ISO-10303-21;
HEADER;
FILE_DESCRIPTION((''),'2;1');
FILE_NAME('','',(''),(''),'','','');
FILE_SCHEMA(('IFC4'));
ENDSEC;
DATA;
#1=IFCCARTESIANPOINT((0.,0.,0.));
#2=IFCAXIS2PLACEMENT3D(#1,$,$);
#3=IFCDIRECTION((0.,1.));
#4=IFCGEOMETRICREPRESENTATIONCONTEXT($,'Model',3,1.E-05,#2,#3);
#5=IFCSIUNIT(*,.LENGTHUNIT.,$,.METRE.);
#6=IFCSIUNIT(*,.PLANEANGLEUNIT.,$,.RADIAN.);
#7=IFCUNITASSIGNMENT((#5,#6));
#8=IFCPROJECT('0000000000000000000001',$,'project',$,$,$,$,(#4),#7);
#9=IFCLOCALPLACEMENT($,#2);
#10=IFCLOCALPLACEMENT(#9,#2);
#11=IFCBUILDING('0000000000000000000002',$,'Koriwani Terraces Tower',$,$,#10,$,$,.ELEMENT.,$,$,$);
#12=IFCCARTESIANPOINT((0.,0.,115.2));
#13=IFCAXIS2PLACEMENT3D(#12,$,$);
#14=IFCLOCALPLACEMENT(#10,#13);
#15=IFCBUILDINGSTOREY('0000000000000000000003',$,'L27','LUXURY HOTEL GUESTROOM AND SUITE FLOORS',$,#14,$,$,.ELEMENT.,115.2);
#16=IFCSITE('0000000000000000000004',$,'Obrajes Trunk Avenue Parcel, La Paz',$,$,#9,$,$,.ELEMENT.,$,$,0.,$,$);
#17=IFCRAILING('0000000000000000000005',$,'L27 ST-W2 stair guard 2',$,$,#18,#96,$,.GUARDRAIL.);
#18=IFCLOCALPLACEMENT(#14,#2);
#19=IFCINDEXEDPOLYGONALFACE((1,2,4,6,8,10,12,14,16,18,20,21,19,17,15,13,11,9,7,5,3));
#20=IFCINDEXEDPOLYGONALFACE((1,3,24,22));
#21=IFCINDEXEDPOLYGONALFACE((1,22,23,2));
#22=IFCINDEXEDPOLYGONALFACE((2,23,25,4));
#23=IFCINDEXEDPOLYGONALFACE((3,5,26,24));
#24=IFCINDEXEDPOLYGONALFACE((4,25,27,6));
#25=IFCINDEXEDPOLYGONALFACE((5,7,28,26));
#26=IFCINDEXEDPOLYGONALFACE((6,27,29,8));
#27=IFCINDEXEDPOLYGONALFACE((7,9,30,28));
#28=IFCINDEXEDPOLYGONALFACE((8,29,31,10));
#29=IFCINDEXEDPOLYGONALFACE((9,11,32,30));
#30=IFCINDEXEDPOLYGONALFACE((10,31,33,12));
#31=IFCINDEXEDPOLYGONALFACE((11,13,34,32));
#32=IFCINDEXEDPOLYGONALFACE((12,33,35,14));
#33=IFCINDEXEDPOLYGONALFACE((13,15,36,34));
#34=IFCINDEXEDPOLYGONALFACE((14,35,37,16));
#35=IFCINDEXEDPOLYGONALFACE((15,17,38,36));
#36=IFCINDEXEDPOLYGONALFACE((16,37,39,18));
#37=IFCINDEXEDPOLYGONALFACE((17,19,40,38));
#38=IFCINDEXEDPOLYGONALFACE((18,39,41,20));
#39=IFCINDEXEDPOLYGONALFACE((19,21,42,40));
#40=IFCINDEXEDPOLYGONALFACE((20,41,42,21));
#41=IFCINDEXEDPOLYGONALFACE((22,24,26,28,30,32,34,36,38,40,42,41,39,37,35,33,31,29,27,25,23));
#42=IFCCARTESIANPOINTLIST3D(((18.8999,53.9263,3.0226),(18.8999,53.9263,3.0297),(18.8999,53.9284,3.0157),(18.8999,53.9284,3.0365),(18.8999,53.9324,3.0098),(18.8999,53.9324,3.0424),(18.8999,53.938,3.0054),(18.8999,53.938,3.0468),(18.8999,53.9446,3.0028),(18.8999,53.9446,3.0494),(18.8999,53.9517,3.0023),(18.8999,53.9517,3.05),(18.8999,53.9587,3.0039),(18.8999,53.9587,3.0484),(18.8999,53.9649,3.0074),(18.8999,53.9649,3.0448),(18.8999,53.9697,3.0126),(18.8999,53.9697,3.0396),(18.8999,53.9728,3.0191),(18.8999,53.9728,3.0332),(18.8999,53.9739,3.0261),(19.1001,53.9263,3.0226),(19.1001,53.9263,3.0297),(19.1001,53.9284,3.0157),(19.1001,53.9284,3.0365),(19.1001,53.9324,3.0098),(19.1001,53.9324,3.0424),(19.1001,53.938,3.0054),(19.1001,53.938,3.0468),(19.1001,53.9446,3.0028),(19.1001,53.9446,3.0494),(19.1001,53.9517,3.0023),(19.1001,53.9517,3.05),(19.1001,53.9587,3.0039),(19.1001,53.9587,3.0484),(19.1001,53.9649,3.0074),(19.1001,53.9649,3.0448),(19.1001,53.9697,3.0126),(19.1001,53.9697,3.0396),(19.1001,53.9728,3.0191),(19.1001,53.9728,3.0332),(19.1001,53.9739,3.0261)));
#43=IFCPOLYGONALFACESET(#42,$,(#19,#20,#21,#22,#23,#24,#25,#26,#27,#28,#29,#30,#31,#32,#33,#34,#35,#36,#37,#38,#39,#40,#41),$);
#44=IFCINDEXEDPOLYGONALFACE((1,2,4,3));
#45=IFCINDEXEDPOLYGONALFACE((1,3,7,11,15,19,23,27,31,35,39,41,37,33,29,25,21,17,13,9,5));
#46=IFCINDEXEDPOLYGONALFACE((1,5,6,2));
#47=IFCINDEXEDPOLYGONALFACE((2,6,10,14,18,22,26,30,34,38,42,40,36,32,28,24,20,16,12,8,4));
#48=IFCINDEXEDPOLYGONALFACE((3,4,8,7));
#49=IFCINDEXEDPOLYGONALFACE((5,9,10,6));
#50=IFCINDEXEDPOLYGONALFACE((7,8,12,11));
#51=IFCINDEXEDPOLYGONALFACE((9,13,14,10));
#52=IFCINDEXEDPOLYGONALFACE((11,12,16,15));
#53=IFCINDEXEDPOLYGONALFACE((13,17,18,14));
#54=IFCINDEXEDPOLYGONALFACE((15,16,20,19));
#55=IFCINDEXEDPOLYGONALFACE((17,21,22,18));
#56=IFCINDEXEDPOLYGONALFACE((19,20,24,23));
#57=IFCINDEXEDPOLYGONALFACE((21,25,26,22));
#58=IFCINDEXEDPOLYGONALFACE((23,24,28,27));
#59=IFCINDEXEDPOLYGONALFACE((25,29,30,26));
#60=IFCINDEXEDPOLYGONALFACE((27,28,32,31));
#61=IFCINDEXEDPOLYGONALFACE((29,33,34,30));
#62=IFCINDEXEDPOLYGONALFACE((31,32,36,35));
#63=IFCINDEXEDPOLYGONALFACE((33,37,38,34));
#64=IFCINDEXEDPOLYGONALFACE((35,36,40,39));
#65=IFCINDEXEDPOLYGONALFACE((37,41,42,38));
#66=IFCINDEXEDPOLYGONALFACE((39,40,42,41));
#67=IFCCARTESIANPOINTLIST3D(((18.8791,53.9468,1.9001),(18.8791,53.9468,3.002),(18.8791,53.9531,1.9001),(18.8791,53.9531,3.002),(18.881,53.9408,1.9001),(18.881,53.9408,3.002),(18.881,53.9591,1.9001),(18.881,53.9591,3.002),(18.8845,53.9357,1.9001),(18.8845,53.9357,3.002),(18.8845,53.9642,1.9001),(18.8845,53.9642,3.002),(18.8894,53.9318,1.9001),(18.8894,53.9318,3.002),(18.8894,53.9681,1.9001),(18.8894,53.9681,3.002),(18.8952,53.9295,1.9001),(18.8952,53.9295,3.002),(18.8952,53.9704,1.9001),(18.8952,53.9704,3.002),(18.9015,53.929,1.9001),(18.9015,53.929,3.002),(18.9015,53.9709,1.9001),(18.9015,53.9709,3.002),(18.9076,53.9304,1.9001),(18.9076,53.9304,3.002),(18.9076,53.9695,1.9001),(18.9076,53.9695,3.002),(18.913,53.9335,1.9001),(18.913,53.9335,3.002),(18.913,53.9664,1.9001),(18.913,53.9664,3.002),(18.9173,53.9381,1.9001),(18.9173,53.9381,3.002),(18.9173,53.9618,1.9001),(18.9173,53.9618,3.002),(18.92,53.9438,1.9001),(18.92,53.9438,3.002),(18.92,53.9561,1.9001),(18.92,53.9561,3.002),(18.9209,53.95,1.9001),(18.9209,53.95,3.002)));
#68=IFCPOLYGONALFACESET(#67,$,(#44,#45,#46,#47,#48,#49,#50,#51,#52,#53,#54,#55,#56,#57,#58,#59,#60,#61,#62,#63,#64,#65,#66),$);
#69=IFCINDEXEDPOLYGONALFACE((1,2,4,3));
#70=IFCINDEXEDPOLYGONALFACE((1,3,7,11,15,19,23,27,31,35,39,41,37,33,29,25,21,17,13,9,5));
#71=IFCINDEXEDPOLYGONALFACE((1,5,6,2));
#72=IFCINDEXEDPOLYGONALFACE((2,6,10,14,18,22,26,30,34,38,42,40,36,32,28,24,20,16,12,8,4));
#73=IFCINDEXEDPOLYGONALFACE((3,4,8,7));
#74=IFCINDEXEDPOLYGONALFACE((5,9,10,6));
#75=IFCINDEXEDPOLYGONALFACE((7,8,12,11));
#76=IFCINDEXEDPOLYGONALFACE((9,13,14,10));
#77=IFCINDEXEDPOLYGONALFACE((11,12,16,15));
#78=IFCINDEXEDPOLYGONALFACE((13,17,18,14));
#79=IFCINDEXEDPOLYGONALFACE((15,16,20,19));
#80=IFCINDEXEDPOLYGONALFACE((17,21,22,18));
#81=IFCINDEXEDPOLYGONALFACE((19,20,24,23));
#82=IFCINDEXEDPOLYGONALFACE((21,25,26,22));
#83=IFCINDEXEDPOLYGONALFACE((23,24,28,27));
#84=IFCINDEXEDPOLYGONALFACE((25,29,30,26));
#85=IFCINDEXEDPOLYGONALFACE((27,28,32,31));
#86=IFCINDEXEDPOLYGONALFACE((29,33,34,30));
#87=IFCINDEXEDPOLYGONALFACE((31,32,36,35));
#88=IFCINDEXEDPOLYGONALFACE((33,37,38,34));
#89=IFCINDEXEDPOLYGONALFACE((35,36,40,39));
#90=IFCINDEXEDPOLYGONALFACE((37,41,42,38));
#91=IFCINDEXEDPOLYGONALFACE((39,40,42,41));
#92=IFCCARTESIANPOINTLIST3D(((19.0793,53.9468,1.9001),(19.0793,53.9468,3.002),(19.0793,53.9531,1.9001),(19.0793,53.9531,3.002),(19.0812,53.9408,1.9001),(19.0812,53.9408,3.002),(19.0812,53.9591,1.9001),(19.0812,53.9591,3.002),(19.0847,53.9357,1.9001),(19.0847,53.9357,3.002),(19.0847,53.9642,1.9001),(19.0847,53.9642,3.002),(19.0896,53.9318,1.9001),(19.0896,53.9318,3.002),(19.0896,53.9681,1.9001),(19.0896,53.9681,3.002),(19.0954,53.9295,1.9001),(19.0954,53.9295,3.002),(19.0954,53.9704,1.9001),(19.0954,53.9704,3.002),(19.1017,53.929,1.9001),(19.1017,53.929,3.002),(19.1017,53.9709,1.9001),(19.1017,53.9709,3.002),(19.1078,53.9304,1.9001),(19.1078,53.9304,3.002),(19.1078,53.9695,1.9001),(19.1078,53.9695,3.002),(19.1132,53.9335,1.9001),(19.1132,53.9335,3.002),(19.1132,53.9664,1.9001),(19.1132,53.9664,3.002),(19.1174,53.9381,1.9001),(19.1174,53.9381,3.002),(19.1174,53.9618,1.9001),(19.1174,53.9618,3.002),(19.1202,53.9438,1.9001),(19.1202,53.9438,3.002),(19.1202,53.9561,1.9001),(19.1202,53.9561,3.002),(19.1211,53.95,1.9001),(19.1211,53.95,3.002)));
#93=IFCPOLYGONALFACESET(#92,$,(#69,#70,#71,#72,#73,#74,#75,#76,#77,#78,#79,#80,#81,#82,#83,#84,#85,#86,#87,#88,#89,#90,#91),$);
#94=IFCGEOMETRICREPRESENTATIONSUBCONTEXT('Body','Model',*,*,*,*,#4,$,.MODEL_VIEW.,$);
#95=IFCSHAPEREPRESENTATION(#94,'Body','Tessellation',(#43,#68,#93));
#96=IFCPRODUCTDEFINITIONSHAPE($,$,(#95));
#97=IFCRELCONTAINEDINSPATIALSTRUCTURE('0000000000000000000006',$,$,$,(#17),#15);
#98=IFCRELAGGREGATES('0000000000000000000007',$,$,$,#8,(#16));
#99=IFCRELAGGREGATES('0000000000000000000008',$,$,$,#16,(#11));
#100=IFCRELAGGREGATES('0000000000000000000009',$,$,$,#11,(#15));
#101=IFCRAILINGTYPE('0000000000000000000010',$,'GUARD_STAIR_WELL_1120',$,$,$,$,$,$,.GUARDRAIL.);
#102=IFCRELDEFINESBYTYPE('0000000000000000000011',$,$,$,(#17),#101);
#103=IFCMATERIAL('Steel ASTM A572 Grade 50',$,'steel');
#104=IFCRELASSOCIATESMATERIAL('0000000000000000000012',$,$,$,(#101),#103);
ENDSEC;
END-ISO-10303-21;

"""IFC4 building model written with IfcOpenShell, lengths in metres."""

from ifc_helpers import new_model, si_unit, direction, frame, origin, origin_2d, place, context, subcontext, project, spatial, circle, extrude, material, type_object, element, save


model = new_model("IFC4")

# Units and contexts
model_context = context("Model", 3, precision=1e-05, world=origin(), true_north=direction((0.0, 1.0)))
body_context = subcontext(model_context, "Body", "Model", "MODEL_VIEW")
ifc_project = project(units=[si_unit("LENGTHUNIT", "METRE"), si_unit("PLANEANGLEUNIT", "RADIAN")], contexts=[model_context])

# Site, building, storey
site_placement = place(None, origin())
site = spatial("IfcSite", under=ifc_project, at=site_placement, Name="Obrajes Trunk Avenue Parcel, La Paz", CompositionType="ELEMENT", RefElevation=0.0)
building_placement = place(site_placement, origin())
building = spatial("IfcBuilding", under=site, at=building_placement, Name="Koriwani Terraces Tower", CompositionType="ELEMENT")
storey_placement = place(building_placement, frame((0.0, 0.0, 115.2)))
storey = spatial("IfcBuildingStorey", under=building, at=storey_placement, Name="L27", Description="LUXURY HOTEL GUESTROOM AND SUITE FLOORS", CompositionType="ELEMENT", Elevation=115.2)

# Shared definitions
ifc_material_1 = material(Name="Steel ASTM A572 Grade 50", Category="steel")

# Railing
railing_type_1 = type_object("IfcRailingType", Name="GUARD_STAIR_WELL_1120", PredefinedType="GUARDRAIL", material=ifc_material_1)
railing_1_placement = place(storey_placement, frame((18.8999, 53.95, 1.9001)))
element("IfcRailing", 1, at=railing_1_placement, inside=storey, type_object=railing_type_1, Name="L27 ST-W2 stair guard 2", PredefinedType="GUARDRAIL", context=body_context, shape_type="SweptSolid", body=[
    extrude(circle(Radius=0.0239, at=origin_2d()), frame((0.0, 0.0, 1.126), z_axis=(1.0, 0.0, 0.0), x_axis=(0.0, 1.0, 0.0)), (0.0, 0.0, 1.0), 0.2002),
    extrude(circle(Radius=0.021, at=origin_2d()), origin(), (0.0, 0.0, 1.0), 1.1018),
    extrude(circle(Radius=0.021, at=origin_2d()), frame((0.2002, 0.0, 0.0)), (0.0, 0.0, 1.0), 1.1018),
])

save(model, "model.ifc")
